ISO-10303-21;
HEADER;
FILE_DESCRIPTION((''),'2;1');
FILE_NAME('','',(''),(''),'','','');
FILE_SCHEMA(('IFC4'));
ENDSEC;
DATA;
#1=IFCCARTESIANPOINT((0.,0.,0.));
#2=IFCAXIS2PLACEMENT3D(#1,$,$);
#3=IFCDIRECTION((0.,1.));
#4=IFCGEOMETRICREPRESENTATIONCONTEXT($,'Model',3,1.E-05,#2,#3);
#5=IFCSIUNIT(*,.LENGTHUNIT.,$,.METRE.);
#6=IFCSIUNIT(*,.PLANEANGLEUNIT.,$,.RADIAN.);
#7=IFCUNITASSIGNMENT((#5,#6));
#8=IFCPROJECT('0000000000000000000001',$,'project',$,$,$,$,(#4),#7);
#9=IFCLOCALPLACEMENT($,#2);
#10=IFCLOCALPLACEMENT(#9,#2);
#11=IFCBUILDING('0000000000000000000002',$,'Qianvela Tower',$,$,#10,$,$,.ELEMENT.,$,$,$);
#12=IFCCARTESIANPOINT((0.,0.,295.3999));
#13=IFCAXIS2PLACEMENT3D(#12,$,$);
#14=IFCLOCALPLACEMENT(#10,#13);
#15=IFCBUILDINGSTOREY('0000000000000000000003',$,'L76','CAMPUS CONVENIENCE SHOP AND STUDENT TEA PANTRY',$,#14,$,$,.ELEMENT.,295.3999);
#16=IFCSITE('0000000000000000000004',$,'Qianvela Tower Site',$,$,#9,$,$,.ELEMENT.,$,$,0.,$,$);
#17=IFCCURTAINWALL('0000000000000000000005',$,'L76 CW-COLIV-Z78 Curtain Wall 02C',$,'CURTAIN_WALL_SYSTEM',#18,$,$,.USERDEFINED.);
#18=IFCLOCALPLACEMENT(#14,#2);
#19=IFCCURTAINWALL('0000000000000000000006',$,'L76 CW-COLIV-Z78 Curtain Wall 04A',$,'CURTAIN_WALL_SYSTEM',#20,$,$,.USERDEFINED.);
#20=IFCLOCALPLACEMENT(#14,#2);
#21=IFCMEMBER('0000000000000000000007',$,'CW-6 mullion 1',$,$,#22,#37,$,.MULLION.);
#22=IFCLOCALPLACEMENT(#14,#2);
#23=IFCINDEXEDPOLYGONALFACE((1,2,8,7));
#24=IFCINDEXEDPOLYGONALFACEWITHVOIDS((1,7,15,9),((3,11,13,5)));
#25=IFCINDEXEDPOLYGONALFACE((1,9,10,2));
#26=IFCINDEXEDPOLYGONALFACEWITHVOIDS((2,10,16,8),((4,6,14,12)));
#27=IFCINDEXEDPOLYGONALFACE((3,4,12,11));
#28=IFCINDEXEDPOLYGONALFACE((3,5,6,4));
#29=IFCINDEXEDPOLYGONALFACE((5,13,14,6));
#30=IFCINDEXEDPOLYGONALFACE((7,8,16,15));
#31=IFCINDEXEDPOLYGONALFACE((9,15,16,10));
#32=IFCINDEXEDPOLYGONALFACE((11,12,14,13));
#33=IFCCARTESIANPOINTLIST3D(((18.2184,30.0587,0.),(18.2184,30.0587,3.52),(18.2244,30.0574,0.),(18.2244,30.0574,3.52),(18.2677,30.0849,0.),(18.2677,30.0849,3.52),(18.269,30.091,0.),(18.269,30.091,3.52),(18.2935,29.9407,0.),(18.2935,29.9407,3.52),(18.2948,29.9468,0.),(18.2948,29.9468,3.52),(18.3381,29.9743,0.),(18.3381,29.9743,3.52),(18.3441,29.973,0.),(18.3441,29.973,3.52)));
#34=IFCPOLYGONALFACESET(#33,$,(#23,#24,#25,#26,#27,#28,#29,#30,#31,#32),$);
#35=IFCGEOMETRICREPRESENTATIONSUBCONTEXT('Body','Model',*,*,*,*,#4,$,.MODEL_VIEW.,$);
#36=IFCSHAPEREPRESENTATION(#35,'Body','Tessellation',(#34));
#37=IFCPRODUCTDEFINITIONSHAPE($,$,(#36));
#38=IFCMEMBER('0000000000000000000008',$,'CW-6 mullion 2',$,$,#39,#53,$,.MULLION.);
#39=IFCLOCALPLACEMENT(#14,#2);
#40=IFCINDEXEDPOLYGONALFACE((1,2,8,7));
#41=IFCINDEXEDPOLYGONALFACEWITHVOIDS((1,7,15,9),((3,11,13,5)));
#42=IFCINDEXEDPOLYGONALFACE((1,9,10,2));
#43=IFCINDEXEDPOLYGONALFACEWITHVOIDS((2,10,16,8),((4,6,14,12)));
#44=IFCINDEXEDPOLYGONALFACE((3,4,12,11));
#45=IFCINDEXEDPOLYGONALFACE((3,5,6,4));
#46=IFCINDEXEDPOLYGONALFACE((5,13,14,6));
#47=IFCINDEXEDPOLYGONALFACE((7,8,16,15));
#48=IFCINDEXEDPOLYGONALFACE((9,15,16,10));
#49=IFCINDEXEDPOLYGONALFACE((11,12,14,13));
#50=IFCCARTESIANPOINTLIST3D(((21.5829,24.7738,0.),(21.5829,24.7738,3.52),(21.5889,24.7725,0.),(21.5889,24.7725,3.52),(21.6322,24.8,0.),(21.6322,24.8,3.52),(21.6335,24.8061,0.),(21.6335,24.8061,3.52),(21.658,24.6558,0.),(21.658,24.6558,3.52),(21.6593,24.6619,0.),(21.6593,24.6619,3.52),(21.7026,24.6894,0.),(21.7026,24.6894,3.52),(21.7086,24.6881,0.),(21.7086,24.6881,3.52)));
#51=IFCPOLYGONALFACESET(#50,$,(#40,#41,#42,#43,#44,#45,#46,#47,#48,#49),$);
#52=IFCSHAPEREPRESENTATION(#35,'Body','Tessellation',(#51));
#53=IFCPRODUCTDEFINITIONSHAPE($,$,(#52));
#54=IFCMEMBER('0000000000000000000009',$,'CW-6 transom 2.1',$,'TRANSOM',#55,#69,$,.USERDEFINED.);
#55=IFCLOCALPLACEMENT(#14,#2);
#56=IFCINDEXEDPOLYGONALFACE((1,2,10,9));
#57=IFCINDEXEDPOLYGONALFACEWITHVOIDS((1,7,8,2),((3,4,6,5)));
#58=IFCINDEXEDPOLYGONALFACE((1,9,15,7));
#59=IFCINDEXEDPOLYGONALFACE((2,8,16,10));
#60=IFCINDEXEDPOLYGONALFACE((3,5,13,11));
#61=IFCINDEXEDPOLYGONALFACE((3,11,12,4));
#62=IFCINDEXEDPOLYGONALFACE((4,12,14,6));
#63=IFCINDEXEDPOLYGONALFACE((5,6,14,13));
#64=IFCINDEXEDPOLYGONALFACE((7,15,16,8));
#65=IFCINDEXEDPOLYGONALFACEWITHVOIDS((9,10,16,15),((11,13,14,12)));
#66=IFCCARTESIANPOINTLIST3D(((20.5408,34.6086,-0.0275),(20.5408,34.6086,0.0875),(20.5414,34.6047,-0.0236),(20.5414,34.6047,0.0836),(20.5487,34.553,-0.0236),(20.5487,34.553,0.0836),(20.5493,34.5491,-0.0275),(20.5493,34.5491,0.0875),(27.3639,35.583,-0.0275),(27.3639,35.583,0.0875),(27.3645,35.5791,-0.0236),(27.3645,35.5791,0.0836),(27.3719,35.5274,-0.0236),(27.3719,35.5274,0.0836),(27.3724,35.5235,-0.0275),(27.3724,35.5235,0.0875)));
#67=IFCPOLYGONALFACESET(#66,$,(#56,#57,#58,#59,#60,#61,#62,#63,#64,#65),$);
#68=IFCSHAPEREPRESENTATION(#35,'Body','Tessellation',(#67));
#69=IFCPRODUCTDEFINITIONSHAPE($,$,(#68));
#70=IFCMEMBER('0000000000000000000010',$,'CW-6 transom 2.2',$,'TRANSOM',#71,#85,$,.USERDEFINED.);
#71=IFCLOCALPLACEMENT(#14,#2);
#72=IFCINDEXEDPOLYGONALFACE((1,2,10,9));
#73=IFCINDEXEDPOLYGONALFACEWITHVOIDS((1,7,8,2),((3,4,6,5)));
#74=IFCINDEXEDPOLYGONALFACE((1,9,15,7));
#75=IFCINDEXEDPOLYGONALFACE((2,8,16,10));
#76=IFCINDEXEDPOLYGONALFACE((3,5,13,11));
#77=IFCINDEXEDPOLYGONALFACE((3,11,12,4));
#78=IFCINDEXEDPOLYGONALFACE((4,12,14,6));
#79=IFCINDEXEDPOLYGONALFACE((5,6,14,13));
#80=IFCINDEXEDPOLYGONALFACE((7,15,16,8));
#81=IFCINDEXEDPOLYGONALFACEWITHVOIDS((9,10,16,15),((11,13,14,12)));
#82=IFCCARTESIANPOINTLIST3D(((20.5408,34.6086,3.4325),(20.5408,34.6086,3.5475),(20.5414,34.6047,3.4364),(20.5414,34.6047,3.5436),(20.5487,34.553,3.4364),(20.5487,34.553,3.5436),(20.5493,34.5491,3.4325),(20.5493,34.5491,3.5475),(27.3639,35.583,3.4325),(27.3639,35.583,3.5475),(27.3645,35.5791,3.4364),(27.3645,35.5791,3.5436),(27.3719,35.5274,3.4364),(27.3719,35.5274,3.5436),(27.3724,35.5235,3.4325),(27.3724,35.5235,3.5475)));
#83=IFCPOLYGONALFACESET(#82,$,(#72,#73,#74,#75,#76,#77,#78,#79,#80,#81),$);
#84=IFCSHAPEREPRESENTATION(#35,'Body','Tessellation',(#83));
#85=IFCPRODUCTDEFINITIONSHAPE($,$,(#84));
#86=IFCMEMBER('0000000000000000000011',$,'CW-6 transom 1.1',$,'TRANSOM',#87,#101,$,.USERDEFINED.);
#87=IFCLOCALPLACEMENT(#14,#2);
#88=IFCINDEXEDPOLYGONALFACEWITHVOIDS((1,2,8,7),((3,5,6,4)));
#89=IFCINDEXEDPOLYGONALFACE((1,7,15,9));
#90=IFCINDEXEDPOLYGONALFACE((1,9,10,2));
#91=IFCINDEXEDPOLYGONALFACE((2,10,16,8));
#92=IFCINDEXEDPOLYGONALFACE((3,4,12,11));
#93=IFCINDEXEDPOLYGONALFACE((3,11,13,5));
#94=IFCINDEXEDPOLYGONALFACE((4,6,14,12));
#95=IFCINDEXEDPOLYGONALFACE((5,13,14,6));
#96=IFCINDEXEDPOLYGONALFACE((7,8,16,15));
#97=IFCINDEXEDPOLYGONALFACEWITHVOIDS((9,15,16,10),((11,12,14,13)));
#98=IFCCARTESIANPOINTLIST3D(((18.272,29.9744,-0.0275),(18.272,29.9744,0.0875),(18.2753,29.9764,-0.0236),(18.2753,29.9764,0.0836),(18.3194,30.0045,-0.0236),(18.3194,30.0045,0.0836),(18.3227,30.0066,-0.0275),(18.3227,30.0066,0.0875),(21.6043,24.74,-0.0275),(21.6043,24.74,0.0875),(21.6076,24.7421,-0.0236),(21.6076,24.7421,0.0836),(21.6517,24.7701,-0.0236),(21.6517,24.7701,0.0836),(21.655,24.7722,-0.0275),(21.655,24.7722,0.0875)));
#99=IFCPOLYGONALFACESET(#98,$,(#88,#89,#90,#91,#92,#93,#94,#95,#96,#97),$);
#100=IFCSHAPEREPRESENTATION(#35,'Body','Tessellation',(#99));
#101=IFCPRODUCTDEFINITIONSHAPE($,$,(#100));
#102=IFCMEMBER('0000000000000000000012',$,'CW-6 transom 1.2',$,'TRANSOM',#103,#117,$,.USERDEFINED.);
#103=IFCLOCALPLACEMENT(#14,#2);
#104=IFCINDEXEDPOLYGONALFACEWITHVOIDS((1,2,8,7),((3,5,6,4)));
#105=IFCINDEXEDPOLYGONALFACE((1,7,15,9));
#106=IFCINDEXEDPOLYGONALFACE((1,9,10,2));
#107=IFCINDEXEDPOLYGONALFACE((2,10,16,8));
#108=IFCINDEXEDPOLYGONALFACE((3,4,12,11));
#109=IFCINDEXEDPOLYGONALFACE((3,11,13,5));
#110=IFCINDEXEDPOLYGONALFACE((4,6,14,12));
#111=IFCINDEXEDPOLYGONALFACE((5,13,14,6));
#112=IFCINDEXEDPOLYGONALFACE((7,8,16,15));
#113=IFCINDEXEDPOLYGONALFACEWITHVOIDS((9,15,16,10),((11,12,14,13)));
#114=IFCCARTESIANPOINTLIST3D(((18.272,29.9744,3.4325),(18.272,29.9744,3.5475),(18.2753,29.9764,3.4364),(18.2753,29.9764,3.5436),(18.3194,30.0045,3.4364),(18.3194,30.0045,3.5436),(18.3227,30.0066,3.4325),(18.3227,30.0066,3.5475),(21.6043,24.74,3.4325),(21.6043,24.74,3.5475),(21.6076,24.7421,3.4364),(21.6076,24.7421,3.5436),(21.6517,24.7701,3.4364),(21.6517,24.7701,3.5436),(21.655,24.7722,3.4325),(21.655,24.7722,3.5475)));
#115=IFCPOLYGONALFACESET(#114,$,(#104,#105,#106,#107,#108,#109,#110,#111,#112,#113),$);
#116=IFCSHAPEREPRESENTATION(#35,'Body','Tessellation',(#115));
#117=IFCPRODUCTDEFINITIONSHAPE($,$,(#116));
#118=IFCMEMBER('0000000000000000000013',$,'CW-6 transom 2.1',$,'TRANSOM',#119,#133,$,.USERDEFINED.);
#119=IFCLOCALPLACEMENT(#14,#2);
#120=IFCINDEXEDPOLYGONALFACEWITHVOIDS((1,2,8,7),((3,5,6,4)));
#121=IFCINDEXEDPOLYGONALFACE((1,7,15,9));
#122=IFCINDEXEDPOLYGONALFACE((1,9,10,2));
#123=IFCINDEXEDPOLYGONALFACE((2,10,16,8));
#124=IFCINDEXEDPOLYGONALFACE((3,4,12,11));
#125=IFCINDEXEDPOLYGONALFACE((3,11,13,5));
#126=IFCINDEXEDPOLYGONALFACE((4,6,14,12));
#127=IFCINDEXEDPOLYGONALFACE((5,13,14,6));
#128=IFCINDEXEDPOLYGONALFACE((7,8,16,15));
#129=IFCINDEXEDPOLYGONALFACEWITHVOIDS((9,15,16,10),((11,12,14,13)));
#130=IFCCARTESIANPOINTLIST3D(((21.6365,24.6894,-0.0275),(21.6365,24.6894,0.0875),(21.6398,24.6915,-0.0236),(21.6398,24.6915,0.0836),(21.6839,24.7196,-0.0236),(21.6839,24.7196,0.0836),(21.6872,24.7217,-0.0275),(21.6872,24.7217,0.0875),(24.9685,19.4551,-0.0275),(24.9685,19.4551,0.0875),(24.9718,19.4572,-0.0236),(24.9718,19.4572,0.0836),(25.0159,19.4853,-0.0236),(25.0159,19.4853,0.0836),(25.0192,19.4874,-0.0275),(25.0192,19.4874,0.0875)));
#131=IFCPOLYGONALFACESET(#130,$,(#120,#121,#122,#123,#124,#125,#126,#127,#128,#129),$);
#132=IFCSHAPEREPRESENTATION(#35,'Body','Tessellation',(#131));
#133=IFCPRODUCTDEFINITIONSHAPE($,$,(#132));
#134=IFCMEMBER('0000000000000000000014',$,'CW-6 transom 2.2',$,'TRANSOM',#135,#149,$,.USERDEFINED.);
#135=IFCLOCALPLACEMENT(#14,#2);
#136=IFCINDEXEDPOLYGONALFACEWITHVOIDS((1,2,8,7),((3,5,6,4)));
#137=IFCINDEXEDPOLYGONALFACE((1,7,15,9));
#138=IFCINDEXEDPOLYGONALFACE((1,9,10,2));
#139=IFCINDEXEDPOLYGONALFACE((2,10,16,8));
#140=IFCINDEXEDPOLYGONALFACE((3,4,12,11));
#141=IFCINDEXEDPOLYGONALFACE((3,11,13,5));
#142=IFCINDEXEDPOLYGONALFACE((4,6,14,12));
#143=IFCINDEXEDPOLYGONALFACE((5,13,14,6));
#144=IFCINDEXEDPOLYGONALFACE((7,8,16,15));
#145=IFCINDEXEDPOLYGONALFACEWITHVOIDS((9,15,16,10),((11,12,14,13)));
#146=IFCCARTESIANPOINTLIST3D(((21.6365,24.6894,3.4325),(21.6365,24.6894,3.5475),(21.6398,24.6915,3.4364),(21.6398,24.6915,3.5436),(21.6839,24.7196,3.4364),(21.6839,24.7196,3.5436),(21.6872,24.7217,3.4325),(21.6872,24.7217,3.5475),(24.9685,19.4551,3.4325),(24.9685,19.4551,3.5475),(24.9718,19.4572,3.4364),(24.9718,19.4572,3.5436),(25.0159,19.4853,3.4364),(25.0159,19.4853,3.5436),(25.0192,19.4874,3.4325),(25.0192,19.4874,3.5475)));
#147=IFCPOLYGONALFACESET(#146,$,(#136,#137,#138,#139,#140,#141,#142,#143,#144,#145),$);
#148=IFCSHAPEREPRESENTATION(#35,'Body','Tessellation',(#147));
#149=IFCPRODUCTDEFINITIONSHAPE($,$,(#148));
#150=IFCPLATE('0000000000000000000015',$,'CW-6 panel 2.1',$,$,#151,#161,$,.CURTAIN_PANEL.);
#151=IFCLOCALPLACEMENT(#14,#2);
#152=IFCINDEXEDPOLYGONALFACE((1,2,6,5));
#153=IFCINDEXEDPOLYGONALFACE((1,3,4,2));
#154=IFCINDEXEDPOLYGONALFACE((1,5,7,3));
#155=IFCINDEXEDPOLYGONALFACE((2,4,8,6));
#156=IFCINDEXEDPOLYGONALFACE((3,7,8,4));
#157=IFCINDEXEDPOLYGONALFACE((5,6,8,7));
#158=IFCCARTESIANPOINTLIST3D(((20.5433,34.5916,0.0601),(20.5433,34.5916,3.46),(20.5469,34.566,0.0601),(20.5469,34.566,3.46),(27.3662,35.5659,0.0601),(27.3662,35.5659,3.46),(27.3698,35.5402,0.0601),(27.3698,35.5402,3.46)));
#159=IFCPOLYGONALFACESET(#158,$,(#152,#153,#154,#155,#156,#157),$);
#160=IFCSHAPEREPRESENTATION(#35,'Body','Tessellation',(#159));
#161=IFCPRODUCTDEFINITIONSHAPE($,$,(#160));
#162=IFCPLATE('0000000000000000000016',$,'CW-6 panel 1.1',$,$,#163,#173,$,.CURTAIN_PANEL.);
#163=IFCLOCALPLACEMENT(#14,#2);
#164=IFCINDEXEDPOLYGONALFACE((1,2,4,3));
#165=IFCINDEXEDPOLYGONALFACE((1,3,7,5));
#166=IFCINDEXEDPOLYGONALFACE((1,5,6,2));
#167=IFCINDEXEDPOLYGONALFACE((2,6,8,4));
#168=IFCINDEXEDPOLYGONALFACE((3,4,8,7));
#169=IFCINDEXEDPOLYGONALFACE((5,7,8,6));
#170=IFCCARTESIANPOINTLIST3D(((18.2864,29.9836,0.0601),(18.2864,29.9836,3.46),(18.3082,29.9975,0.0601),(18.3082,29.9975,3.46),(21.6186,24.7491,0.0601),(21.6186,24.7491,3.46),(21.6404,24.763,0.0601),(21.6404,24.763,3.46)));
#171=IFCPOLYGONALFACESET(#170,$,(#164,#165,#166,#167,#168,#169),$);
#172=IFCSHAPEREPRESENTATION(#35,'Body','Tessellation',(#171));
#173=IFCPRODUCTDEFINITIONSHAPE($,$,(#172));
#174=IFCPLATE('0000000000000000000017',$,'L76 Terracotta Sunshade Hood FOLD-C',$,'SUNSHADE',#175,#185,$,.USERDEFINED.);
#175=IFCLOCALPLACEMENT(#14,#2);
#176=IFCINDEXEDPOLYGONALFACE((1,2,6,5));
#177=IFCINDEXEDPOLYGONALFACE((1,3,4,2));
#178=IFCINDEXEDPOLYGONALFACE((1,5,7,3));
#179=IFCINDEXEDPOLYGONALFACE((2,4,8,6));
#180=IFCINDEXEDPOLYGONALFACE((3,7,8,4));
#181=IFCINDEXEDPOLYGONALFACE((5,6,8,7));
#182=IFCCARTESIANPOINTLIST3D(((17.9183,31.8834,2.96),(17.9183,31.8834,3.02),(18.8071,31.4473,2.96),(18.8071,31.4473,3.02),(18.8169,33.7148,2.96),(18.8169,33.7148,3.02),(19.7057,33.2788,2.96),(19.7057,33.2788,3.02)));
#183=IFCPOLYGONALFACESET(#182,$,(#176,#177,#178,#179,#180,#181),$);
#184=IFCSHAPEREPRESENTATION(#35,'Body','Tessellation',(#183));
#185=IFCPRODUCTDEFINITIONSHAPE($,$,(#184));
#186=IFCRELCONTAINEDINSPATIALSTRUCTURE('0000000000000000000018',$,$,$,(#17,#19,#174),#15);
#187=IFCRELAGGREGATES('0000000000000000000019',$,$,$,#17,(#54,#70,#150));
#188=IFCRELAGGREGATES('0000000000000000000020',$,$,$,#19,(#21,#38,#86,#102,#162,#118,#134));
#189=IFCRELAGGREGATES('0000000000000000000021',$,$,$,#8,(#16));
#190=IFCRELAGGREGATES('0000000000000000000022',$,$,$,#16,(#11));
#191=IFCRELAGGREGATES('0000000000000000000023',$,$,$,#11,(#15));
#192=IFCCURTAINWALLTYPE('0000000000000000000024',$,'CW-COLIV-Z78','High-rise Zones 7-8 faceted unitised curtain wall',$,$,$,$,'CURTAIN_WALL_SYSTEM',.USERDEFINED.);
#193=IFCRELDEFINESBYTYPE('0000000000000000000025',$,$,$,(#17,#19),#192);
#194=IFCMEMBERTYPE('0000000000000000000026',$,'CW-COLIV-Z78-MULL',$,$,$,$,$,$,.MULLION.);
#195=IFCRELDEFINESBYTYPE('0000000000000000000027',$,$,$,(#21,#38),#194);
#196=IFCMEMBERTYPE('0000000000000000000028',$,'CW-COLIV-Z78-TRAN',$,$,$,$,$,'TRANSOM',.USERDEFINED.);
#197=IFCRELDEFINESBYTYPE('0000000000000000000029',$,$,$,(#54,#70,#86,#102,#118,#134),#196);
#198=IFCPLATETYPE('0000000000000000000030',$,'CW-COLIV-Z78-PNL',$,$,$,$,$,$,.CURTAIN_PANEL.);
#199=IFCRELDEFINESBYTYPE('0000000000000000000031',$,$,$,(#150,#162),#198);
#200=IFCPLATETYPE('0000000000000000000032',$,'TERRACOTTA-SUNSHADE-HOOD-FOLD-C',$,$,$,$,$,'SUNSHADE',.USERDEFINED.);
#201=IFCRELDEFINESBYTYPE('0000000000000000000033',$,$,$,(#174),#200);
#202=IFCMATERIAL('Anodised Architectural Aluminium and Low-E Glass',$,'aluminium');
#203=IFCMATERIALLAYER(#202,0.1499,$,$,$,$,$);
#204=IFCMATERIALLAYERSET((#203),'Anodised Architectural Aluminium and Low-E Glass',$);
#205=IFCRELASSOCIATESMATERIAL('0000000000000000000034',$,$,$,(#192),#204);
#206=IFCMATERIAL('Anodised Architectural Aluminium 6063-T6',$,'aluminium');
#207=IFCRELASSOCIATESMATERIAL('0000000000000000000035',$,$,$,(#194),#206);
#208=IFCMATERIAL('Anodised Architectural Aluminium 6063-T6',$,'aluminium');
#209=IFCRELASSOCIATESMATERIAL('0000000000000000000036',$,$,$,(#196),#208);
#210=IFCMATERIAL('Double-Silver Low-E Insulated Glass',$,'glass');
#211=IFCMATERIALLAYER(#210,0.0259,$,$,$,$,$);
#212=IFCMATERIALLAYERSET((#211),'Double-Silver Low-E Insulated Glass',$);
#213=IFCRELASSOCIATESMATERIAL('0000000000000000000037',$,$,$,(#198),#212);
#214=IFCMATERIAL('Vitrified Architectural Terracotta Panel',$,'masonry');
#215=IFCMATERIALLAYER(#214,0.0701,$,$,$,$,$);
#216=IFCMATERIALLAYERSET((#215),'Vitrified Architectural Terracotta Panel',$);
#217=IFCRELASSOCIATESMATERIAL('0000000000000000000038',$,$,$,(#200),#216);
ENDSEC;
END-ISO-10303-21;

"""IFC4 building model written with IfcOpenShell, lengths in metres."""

from ifc_helpers import new_model, si_unit, direction, frame, origin, origin_2d, place, context, subcontext, project, spatial, rectangle, hollow_rectangle, extrude, material, layer, layer_set, material_profile, profile_set, type_object, element, aggregate, save


model = new_model("IFC4")

# Units and contexts
model_context = context("Model", 3, precision=1e-05, world=origin(), true_north=direction((0.0, 1.0)))
body_context = subcontext(model_context, "Body", "Model", "MODEL_VIEW")
ifc_project = project(units=[si_unit("LENGTHUNIT", "METRE"), si_unit("PLANEANGLEUNIT", "RADIAN")], contexts=[model_context])

# Site, building, storey
site_placement = place(None, origin())
site = spatial("IfcSite", under=ifc_project, at=site_placement, Name="Qianvela Tower Site", CompositionType="ELEMENT", RefElevation=0.0)
building_placement = place(site_placement, origin())
building = spatial("IfcBuilding", under=site, at=building_placement, Name="Qianvela Tower", CompositionType="ELEMENT")
storey_placement = place(building_placement, frame((0.0, 0.0, 295.3999)))
storey = spatial("IfcBuildingStorey", under=building, at=storey_placement, Name="L76", Description="CAMPUS CONVENIENCE SHOP AND STUDENT TEA PANTRY", CompositionType="ELEMENT", Elevation=295.3999)

# Curtain walls, members
ifc_material_1 = material(Name="Anodised Architectural Aluminium and Low-E Glass", Category="aluminium")
ifc_layer_1 = layer(ifc_material_1, 0.1499)
ifc_layer_set_1 = layer_set([ifc_layer_1], Name="Anodised Architectural Aluminium and Low-E Glass")
curtain_wall_type = type_object("IfcCurtainWallType", Name="CW-COLIV-Z78", Description="High-rise Zones 7-8 faceted unitised curtain wall", ElementType="CURTAIN_WALL_SYSTEM", PredefinedType="USERDEFINED", material=ifc_layer_set_1)
curtain_wall_1_placement = place(storey_placement, origin())
curtain_wall_1 = element("IfcCurtainWall", 1, at=curtain_wall_1_placement, inside=storey, type_object=curtain_wall_type, Name="L76 CW-COLIV-Z78 Curtain Wall 02C", ObjectType="CURTAIN_WALL_SYSTEM", PredefinedType="USERDEFINED")
ifc_material_2 = material(Name="Anodised Architectural Aluminium 6063-T6", Category="aluminium")
ifc_material_profile_1 = material_profile(ifc_material_2, hollow_rectangle(XDim=0.0601, YDim=0.1399, WallThickness=0.0044, at=origin_2d()), Name="ALU-MULL-60x140")
ifc_profile_set_1 = profile_set([ifc_material_profile_1], Name="Anodised Architectural Aluminium 6063-T6")
member_type_1 = type_object("IfcMemberType", Name="CW-COLIV-Z78-MULL", PredefinedType="MULLION", material=ifc_profile_set_1)
curtain_wall_2_placement = place(storey_placement, origin())
curtain_wall_2 = element("IfcCurtainWall", 2, at=curtain_wall_2_placement, inside=storey, type_object=curtain_wall_type, Name="L76 CW-COLIV-Z78 Curtain Wall 04A", ObjectType="CURTAIN_WALL_SYSTEM", PredefinedType="USERDEFINED")
member_1_placement = place(storey_placement, frame((18.2812, 30.0159, 0.0), z_axis=(0.0, 0.0, 1.0), x_axis=(0.843577, 0.537008, 0.0)))
member_1 = element("IfcMember", 3, at=member_1_placement, type_object=member_type_1, Name="CW-6 mullion 1", PredefinedType="MULLION", context=body_context, shape_type="SweptSolid", body=[
    extrude(hollow_rectangle(XDim=0.0601, YDim=0.1399, WallThickness=0.0044, at=origin_2d()), origin(), (0.0, 0.0, 1.0), 3.52),
])
member_2_placement = place(storey_placement, frame((21.6458, 24.731, 0.0), z_axis=(0.0, 0.0, 1.0), x_axis=(0.843577, 0.537008, 0.0)))
member_2 = element("IfcMember", 4, at=member_2_placement, type_object=member_type_1, Name="CW-6 mullion 2", PredefinedType="MULLION", context=body_context, shape_type="SweptSolid", body=[
    extrude(hollow_rectangle(XDim=0.0601, YDim=0.1399, WallThickness=0.0044, at=origin_2d()), origin(), (0.0, 0.0, 1.0), 3.52),
])

# Members
ifc_material_3 = material(Name="Anodised Architectural Aluminium 6063-T6", Category="aluminium")
ifc_material_profile_2 = material_profile(ifc_material_3, hollow_rectangle(XDim=0.0601, YDim=0.115, WallThickness=0.0039, at=origin_2d()), Name="ALU-TRAN-60x115")
ifc_profile_set_2 = profile_set([ifc_material_profile_2], Name="Anodised Architectural Aluminium 6063-T6")
member_type_2 = type_object("IfcMemberType", Name="CW-COLIV-Z78-TRAN", ElementType="TRANSOM", PredefinedType="USERDEFINED", material=ifc_profile_set_2)
member_3_placement = place(storey_placement, frame((27.3682, 35.5532, 0.03), z_axis=(-0.989957, -0.141372, 0.0), x_axis=(0.141372, -0.989957, 0.0)))
member_3 = element("IfcMember", 5, at=member_3_placement, type_object=member_type_2, Name="CW-6 transom 2.1", ObjectType="TRANSOM", PredefinedType="USERDEFINED", context=body_context, shape_type="SweptSolid", body=[
    extrude(hollow_rectangle(XDim=0.0601, YDim=0.115, WallThickness=0.0039, at=origin_2d()), origin(), (0.0, 0.0, 1.0), 6.8923),
])
member_4_placement = place(storey_placement, frame((27.3682, 35.5532, 3.49), z_axis=(-0.989957, -0.141372, 0.0), x_axis=(0.141372, -0.989957, 0.0)))
member_4 = element("IfcMember", 6, at=member_4_placement, type_object=member_type_2, Name="CW-6 transom 2.2", ObjectType="TRANSOM", PredefinedType="USERDEFINED", context=body_context, shape_type="SweptSolid", body=[
    extrude(hollow_rectangle(XDim=0.0601, YDim=0.115, WallThickness=0.0039, at=origin_2d()), origin(), (0.0, 0.0, 1.0), 6.8923),
])
member_5_placement = place(storey_placement, frame((18.2974, 29.9905, 0.03), z_axis=(0.537026, -0.843566, 0.0), x_axis=(0.843566, 0.537026, 0.0)))
member_5 = element("IfcMember", 7, at=member_5_placement, type_object=member_type_2, Name="CW-6 transom 1.1", ObjectType="TRANSOM", PredefinedType="USERDEFINED", context=body_context, shape_type="SweptSolid", body=[
    extrude(hollow_rectangle(XDim=0.0601, YDim=0.115, WallThickness=0.0039, at=origin_2d()), origin(), (0.0, 0.0, 1.0), 6.2051),
])
member_6_placement = place(storey_placement, frame((18.2974, 29.9905, 3.49), z_axis=(0.537026, -0.843566, 0.0), x_axis=(0.843566, 0.537026, 0.0)))
member_6 = element("IfcMember", 8, at=member_6_placement, type_object=member_type_2, Name="CW-6 transom 1.2", ObjectType="TRANSOM", PredefinedType="USERDEFINED", context=body_context, shape_type="SweptSolid", body=[
    extrude(hollow_rectangle(XDim=0.0601, YDim=0.115, WallThickness=0.0039, at=origin_2d()), origin(), (0.0, 0.0, 1.0), 6.2051),
])
member_7_placement = place(storey_placement, frame((21.6619, 24.7056, 0.03), z_axis=(0.536998, -0.843584, 0.0), x_axis=(0.843584, 0.536998, 0.0)))
member_7 = element("IfcMember", 9, at=member_7_placement, type_object=member_type_2, Name="CW-6 transom 2.1", ObjectType="TRANSOM", PredefinedType="USERDEFINED", context=body_context, shape_type="SweptSolid", body=[
    extrude(hollow_rectangle(XDim=0.0601, YDim=0.115, WallThickness=0.0039, at=origin_2d()), origin(), (0.0, 0.0, 1.0), 6.2048),
])
member_8_placement = place(storey_placement, frame((21.6619, 24.7056, 3.49), z_axis=(0.536998, -0.843584, 0.0), x_axis=(0.843584, 0.536998, 0.0)))
member_8 = element("IfcMember", 10, at=member_8_placement, type_object=member_type_2, Name="CW-6 transom 2.2", ObjectType="TRANSOM", PredefinedType="USERDEFINED", context=body_context, shape_type="SweptSolid", body=[
    extrude(hollow_rectangle(XDim=0.0601, YDim=0.115, WallThickness=0.0039, at=origin_2d()), origin(), (0.0, 0.0, 1.0), 6.2048),
])

# Plates
ifc_material_4 = material(Name="Double-Silver Low-E Insulated Glass", Category="glass")
ifc_layer_2 = layer(ifc_material_4, 0.0259)
ifc_layer_set_2 = layer_set([ifc_layer_2], Name="Double-Silver Low-E Insulated Glass")
plate_type_1 = type_object("IfcPlateType", Name="CW-COLIV-Z78-PNL", PredefinedType="CURTAIN_PANEL", material=ifc_layer_set_2)
plate_1_placement = place(storey_placement, frame((23.9565, 35.0659, 0.0601), z_axis=(0.0, 0.0, 1.0), x_axis=(-0.989958, -0.141362, 0.0)))
plate_1 = element("IfcPlate", 11, at=plate_1_placement, type_object=plate_type_1, Name="CW-6 panel 2.1", PredefinedType="CURTAIN_PANEL", context=body_context, shape_type="SweptSolid", body=[
    extrude(rectangle(XDim=6.8921, YDim=0.0259, at=origin_2d()), origin(), (0.0, 0.0, 1.0), 3.3999),
])
aggregate(curtain_wall_1, [member_3, member_4, plate_1])
plate_2_placement = place(storey_placement, frame((19.9634, 27.3733, 0.0601), z_axis=(0.0, 0.0, 1.0), x_axis=(0.537008, -0.843577, 0.0)))
plate_2 = element("IfcPlate", 12, at=plate_2_placement, type_object=plate_type_1, Name="CW-6 panel 1.1", PredefinedType="CURTAIN_PANEL", context=body_context, shape_type="SweptSolid", body=[
    extrude(rectangle(XDim=6.2051, YDim=0.0259, at=origin_2d()), origin(), (0.0, 0.0, 1.0), 3.3999),
])
aggregate(curtain_wall_2, [member_1, member_2, member_5, member_6, plate_2, member_7, member_8])

# Plate
ifc_material_5 = material(Name="Vitrified Architectural Terracotta Panel", Category="masonry")
ifc_layer_3 = layer(ifc_material_5, 0.0701)
ifc_layer_set_3 = layer_set([ifc_layer_3], Name="Vitrified Architectural Terracotta Panel")
plate_type_2 = type_object("IfcPlateType", Name="TERRACOTTA-SUNSHADE-HOOD-FOLD-C", ElementType="SUNSHADE", PredefinedType="USERDEFINED", material=ifc_layer_set_3)
plate_3_placement = place(storey_placement, frame((18.812, 32.5811, 2.96), z_axis=(0.0, 0.0, 1.0), x_axis=(-0.440475, -0.897765, 0.0)))
element("IfcPlate", 13, at=plate_3_placement, inside=storey, type_object=plate_type_2, Name="L76 Terracotta Sunshade Hood FOLD-C", ObjectType="SUNSHADE", PredefinedType="USERDEFINED", context=body_context, shape_type="SweptSolid", body=[
    extrude(rectangle(XDim=2.04, YDim=0.99, at=origin_2d()), origin(), (0.0, 0.0, 1.0), 0.0601),
])

save(model, "model.ifc")
